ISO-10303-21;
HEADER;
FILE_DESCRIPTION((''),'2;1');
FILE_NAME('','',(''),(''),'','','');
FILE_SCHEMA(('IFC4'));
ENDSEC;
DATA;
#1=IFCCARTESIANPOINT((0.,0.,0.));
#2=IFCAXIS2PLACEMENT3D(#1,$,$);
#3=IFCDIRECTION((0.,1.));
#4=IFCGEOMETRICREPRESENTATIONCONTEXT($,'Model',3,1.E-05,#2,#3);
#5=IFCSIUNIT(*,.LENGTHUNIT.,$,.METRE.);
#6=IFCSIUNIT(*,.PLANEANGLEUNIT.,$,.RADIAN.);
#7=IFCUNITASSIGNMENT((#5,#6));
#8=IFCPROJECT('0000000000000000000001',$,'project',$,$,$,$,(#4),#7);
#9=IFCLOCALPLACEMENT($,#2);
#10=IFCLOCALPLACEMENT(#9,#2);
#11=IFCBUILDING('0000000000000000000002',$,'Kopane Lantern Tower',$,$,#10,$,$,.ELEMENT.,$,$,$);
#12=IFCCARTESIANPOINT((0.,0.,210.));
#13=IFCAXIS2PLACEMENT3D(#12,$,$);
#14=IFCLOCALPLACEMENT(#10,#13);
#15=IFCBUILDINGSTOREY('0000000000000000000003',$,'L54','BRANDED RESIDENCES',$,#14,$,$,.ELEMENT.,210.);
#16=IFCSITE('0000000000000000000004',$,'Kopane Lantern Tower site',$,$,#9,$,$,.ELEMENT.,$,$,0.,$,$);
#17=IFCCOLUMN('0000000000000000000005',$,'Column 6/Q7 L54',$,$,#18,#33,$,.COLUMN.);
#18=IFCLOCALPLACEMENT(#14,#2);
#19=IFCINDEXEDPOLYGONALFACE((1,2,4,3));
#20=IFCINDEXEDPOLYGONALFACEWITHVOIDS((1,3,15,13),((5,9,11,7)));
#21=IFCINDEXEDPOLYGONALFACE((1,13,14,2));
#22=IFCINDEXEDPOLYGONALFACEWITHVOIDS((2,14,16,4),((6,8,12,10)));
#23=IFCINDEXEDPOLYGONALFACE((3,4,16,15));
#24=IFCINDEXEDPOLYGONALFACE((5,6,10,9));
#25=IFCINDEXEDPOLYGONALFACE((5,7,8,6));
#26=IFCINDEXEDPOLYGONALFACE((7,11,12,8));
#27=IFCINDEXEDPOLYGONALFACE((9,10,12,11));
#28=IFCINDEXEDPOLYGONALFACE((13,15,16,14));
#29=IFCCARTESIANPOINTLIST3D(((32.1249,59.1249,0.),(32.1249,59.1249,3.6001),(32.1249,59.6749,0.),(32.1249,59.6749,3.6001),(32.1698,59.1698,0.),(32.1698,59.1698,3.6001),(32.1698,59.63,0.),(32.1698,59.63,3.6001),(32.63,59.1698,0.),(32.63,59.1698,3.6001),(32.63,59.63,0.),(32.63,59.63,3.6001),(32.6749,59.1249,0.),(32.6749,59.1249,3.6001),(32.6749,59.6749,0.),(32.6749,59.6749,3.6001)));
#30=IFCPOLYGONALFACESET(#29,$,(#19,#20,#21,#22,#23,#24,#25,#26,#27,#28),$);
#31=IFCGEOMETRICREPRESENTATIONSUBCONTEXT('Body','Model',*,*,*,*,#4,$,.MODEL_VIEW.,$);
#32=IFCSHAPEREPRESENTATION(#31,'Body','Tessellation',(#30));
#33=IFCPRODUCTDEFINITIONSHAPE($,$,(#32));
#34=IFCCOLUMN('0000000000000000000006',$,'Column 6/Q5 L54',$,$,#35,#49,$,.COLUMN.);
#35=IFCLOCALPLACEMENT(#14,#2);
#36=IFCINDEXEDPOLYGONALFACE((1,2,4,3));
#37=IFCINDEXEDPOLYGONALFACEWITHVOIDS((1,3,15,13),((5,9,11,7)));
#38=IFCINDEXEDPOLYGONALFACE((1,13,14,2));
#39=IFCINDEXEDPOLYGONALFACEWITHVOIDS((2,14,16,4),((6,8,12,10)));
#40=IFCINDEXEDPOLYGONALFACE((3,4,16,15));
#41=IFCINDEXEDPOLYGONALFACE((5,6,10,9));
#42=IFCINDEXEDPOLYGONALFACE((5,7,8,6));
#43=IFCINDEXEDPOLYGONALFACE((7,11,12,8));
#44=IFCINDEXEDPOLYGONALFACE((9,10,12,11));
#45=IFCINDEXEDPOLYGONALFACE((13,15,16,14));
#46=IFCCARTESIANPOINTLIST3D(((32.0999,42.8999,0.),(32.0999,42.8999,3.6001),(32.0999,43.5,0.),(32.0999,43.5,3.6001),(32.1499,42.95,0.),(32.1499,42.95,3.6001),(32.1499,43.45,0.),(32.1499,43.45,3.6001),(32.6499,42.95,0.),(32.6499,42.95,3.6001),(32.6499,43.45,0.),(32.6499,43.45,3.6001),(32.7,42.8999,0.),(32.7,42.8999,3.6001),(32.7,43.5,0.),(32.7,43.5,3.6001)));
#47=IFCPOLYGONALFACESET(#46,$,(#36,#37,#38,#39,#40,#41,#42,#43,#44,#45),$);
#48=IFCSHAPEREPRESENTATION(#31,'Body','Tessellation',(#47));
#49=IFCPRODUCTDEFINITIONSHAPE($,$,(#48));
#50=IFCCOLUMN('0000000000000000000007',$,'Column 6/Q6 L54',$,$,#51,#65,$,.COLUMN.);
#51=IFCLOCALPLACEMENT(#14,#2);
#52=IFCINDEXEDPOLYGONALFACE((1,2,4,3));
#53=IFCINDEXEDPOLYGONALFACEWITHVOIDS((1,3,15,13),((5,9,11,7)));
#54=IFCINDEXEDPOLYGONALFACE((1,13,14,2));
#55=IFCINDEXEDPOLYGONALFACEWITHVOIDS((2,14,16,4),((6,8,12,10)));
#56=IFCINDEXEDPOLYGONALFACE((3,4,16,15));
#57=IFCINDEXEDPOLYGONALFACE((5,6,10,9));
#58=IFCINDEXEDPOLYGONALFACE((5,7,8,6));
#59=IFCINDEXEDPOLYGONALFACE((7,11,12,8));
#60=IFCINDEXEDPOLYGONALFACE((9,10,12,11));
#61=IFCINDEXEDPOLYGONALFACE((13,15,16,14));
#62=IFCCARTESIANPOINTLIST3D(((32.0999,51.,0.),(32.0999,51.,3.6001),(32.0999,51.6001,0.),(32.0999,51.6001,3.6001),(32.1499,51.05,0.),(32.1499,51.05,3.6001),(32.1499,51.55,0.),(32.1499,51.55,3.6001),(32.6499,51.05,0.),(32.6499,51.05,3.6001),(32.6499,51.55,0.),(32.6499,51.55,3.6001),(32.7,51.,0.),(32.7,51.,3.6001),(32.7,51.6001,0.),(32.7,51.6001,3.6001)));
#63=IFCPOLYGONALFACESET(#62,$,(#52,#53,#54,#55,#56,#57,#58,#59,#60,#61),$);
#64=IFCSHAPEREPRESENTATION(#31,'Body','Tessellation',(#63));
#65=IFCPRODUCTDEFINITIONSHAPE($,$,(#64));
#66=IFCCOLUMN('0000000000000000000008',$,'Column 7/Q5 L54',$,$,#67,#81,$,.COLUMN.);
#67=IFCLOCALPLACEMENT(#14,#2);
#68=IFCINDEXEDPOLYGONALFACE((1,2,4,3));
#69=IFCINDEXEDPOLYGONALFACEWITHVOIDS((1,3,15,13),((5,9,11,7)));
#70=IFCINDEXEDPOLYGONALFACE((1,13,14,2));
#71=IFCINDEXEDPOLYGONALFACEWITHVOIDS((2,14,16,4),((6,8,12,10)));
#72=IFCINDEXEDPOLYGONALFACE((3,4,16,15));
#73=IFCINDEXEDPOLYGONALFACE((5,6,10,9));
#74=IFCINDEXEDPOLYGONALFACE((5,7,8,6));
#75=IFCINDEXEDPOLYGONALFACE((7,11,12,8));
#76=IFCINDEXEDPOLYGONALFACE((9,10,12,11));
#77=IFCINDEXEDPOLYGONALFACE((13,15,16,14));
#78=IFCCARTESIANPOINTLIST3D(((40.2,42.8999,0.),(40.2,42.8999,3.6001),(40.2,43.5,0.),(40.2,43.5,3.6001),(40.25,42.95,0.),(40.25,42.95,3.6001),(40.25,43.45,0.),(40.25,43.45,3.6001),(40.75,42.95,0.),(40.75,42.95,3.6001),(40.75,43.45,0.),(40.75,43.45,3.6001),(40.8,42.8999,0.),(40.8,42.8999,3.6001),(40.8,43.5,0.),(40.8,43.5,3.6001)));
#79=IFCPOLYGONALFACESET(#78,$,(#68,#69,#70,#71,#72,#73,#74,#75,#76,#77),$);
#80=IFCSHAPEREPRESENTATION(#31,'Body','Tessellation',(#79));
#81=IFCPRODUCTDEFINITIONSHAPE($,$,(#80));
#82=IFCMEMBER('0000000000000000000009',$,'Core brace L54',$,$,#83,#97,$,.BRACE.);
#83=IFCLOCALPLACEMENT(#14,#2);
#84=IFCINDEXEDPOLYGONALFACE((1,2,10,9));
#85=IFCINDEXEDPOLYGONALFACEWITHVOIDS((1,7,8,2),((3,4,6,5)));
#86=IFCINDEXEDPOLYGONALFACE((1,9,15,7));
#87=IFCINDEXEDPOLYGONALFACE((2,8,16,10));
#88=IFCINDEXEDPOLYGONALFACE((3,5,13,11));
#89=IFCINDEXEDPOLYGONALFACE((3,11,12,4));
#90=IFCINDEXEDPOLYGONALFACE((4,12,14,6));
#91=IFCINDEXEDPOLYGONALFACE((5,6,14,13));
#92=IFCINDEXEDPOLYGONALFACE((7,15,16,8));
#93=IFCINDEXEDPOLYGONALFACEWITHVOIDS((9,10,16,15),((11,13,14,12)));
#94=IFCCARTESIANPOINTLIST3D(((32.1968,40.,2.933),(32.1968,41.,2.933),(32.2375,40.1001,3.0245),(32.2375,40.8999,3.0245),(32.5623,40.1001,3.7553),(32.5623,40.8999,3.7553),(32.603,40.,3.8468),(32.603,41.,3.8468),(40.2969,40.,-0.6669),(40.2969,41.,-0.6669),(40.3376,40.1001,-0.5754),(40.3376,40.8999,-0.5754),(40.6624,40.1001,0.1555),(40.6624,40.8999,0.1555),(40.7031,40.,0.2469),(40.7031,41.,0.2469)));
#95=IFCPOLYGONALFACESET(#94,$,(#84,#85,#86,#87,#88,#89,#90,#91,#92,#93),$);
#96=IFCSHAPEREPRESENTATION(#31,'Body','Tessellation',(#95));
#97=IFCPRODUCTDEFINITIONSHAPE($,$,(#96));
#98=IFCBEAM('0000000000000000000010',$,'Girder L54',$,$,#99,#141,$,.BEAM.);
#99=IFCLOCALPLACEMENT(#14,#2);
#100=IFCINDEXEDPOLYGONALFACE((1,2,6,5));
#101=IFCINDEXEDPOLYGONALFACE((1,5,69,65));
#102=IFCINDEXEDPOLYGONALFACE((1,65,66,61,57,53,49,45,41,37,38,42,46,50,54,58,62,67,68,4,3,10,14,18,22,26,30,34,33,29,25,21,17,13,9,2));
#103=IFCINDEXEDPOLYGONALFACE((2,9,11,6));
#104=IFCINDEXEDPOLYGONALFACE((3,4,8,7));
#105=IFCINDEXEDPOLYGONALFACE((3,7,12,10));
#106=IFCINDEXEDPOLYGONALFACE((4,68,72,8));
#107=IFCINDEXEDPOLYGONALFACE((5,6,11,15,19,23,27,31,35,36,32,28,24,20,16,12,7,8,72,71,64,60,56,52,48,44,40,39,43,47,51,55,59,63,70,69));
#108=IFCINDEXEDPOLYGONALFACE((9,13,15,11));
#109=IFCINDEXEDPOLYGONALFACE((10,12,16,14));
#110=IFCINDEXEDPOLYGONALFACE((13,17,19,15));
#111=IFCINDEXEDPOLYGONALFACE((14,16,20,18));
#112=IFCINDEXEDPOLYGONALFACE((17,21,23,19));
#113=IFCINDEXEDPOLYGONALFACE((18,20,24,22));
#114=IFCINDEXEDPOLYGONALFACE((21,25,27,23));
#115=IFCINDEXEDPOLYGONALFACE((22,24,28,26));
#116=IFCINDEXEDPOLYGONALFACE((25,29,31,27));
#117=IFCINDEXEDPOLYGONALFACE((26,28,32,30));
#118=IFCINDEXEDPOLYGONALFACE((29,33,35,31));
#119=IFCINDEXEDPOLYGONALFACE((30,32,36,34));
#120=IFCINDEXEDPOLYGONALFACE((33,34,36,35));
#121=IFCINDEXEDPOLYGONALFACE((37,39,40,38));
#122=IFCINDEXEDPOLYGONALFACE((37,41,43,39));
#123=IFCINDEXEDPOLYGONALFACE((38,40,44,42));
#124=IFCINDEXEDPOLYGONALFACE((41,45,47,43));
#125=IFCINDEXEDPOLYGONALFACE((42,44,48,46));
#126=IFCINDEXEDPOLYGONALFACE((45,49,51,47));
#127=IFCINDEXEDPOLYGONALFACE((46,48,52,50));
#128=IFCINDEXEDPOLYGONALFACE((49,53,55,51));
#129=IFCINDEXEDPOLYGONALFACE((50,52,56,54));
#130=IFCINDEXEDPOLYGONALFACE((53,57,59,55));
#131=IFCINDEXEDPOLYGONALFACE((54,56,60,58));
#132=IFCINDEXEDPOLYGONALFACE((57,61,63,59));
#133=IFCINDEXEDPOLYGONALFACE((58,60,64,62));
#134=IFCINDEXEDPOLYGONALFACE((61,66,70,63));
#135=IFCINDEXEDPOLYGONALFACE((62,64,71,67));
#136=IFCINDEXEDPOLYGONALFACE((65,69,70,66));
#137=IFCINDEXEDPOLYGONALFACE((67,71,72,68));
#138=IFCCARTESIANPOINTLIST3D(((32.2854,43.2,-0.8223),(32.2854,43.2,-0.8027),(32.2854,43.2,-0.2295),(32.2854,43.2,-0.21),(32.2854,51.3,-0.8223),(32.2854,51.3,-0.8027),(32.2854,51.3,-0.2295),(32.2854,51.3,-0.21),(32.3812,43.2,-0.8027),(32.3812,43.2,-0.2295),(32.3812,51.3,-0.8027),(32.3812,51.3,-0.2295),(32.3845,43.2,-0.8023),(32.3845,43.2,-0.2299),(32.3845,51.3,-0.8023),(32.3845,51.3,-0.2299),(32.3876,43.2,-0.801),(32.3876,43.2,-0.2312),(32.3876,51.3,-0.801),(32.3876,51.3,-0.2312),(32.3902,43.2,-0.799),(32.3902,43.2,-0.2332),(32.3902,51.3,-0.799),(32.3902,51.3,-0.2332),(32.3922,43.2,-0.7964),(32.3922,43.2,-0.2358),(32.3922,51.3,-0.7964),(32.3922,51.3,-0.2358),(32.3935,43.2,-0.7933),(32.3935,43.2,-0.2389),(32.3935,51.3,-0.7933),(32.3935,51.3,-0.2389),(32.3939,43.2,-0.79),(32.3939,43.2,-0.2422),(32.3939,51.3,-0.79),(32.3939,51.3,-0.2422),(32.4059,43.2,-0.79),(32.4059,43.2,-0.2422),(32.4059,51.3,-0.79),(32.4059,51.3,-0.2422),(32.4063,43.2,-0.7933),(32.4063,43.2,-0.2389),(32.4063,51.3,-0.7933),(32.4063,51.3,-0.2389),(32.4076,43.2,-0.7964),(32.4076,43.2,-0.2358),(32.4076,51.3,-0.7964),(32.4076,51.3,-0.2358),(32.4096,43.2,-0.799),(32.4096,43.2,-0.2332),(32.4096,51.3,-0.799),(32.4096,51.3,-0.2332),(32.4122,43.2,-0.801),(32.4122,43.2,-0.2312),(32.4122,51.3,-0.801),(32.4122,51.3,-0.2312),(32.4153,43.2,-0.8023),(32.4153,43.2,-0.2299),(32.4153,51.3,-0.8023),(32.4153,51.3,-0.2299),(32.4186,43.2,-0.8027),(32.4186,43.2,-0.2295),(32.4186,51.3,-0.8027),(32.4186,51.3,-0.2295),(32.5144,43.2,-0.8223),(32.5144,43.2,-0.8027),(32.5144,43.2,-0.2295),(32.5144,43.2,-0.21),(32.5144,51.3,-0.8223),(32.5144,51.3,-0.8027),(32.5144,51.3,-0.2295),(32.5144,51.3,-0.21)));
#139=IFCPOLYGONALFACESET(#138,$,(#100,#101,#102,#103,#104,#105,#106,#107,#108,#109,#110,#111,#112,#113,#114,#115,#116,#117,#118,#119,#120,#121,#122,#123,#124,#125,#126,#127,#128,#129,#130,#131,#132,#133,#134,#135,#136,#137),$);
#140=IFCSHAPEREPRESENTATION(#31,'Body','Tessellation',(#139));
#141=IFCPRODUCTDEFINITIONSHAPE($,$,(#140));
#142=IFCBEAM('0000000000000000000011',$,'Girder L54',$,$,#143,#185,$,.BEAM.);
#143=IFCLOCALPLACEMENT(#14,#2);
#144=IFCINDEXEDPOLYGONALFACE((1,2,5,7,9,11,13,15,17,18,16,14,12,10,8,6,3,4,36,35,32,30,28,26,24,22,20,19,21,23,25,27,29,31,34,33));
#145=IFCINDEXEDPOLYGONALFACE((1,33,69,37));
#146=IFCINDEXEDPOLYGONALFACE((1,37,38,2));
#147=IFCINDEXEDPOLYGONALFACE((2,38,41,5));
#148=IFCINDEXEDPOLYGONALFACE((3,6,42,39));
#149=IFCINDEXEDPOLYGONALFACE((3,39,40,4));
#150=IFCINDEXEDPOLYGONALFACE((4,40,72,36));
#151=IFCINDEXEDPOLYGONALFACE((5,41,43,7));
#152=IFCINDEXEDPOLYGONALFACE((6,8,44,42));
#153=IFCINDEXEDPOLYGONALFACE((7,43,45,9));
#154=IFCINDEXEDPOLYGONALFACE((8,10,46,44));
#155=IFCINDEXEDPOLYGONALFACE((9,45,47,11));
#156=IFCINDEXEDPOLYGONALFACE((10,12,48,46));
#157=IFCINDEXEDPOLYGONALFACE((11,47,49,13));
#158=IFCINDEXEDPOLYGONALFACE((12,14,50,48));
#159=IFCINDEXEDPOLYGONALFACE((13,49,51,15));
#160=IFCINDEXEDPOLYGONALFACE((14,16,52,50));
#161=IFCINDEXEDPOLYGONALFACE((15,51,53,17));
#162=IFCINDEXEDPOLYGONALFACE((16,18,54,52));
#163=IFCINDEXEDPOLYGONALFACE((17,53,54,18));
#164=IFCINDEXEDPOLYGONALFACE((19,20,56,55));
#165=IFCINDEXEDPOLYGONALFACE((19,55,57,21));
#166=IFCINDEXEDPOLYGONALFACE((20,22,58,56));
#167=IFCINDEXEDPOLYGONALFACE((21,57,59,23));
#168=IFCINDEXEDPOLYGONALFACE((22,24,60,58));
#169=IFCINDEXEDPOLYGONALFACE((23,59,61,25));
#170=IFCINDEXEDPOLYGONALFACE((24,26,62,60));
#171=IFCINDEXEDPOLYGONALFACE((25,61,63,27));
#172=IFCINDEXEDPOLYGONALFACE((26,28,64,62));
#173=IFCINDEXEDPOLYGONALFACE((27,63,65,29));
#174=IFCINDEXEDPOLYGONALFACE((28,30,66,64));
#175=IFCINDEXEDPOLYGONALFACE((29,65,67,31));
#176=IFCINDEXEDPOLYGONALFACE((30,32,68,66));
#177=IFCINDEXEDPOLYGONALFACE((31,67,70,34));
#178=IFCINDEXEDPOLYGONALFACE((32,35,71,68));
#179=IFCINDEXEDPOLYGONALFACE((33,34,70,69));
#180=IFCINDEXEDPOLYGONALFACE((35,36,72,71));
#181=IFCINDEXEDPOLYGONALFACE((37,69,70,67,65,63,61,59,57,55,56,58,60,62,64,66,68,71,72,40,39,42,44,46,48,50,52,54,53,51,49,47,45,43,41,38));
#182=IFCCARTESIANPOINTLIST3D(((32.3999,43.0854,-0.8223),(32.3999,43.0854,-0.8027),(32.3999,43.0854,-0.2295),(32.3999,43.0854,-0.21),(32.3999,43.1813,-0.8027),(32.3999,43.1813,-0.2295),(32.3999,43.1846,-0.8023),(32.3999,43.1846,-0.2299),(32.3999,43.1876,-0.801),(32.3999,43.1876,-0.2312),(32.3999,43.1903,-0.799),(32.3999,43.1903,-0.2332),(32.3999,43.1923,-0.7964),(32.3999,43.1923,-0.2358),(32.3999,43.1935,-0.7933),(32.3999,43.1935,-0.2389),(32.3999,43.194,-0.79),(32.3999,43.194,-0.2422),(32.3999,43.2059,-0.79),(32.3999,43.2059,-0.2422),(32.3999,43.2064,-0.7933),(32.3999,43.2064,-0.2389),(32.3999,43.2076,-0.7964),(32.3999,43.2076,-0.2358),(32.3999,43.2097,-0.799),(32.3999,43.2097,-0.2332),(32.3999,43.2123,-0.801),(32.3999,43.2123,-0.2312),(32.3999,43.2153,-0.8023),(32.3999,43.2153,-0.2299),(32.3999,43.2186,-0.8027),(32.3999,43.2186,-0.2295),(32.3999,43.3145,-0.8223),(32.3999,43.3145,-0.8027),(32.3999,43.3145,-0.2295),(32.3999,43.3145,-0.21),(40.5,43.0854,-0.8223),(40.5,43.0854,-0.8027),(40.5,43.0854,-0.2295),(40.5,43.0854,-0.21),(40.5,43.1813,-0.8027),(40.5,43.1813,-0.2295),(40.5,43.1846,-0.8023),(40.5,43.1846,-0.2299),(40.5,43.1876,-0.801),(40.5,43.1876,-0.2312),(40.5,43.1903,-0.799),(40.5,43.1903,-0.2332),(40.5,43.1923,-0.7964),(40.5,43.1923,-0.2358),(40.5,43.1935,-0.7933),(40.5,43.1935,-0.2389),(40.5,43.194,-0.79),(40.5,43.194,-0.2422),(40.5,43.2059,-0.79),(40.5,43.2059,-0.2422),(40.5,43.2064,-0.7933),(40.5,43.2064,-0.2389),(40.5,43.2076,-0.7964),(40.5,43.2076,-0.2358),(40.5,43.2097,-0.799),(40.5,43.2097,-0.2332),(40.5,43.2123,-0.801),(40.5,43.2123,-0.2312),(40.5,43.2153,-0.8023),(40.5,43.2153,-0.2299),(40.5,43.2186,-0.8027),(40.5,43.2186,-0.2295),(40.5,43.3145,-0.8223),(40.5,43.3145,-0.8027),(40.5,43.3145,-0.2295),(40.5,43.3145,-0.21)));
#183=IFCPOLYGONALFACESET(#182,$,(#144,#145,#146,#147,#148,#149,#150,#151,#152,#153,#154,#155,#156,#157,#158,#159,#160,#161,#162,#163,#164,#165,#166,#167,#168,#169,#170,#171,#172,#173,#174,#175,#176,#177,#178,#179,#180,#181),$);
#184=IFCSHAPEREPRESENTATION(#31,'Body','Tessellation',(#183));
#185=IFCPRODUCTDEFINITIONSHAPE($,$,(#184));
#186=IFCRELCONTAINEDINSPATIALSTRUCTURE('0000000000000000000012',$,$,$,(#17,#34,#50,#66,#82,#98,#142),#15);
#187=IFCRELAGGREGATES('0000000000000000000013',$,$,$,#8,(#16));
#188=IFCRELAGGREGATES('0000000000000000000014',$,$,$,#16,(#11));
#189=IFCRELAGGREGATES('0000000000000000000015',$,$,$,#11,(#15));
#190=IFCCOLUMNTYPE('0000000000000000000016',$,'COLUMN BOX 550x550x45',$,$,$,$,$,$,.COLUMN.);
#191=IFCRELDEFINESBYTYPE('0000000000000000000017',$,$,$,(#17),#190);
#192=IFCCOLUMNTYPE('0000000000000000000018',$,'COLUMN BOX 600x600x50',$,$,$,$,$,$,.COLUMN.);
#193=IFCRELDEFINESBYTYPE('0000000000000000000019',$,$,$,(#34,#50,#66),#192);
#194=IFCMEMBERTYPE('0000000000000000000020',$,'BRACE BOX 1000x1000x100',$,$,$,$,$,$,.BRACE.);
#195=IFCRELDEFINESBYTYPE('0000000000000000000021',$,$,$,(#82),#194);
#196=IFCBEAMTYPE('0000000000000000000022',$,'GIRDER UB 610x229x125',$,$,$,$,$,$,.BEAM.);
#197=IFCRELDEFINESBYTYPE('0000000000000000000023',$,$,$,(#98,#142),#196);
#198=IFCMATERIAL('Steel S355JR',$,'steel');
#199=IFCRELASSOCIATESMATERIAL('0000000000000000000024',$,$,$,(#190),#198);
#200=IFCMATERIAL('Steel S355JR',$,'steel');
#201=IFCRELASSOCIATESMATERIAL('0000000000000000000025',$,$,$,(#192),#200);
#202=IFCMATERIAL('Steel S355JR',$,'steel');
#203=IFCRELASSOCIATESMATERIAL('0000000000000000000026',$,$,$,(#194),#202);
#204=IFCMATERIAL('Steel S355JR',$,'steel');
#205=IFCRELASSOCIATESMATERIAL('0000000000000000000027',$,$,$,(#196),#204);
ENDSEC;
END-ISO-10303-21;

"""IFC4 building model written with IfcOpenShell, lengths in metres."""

from ifc_helpers import new_model, si_unit, direction, frame, origin, origin_2d, place, context, subcontext, project, spatial, hollow_rectangle, i_section, extrude, material, material_profile, profile_set, type_object, element, save


model = new_model("IFC4")

# Units and contexts
model_context = context("Model", 3, precision=1e-05, world=origin(), true_north=direction((0.0, 1.0)))
body_context = subcontext(model_context, "Body", "Model", "MODEL_VIEW")
ifc_project = project(units=[si_unit("LENGTHUNIT", "METRE"), si_unit("PLANEANGLEUNIT", "RADIAN")], contexts=[model_context])

# Site, building, storey
site_placement = place(None, origin())
site = spatial("IfcSite", under=ifc_project, at=site_placement, Name="Kopane Lantern Tower site", CompositionType="ELEMENT", RefElevation=0.0)
building_placement = place(site_placement, origin())
building = spatial("IfcBuilding", under=site, at=building_placement, Name="Kopane Lantern Tower", CompositionType="ELEMENT")
storey_placement = place(building_placement, frame((0.0, 0.0, 210.0)))
storey = spatial("IfcBuildingStorey", under=building, at=storey_placement, Name="L54", Description="BRANDED RESIDENCES", CompositionType="ELEMENT", Elevation=210.0)

# Columns
ifc_material_1 = material(Name="Steel S355JR", Category="steel")
ifc_material_profile_1 = material_profile(ifc_material_1, hollow_rectangle(XDim=0.55, YDim=0.55, WallThickness=0.0449, at=origin_2d()), Name="BOX 550x550x45")
ifc_profile_set_1 = profile_set([ifc_material_profile_1], Name="Steel S355JR")
column_type_1 = type_object("IfcColumnType", Name="COLUMN BOX 550x550x45", PredefinedType="COLUMN", material=ifc_profile_set_1)
column_placement = place(storey_placement, frame((32.3999, 59.3999, 0.0), z_axis=(0.0, 0.0, 1.0), x_axis=(1.0, 0.0, 0.0)))
element("IfcColumn", 1, at=column_placement, inside=storey, type_object=column_type_1, Name="Column 6/Q7 L54", PredefinedType="COLUMN", context=body_context, shape_type="SweptSolid", body=[
    extrude(hollow_rectangle(XDim=0.55, YDim=0.55, WallThickness=0.0449, at=origin_2d()), origin(), (0.0, 0.0, 1.0), 3.6001),
])
ifc_material_2 = material(Name="Steel S355JR", Category="steel")
ifc_material_profile_2 = material_profile(ifc_material_2, hollow_rectangle(XDim=0.6001, YDim=0.6001, WallThickness=0.05, at=origin_2d()), Name="BOX 600x600x50")
ifc_profile_set_2 = profile_set([ifc_material_profile_2], Name="Steel S355JR")
column_type_2 = type_object("IfcColumnType", Name="COLUMN BOX 600x600x50", PredefinedType="COLUMN", material=ifc_profile_set_2)
for number, where, z_axis, x_axis, name in (
    (2, (32.3999, 43.2, 0.0), (0.0, 0.0, 1.0), (1.0, 0.0, 0.0), "Column 6/Q5 L54"),
    (3, (32.3999, 51.3, 0.0), (0.0, 0.0, 1.0), (1.0, 0.0, 0.0), "Column 6/Q6 L54"),
    (4, (40.5, 43.2, 0.0), (0.0, 0.0, 1.0), (1.0, 0.0, 0.0), "Column 7/Q5 L54"),
):
    element("IfcColumn", number, at=place(storey_placement, frame(where, z_axis=z_axis, x_axis=x_axis)), inside=storey, type_object=column_type_2, Name=name, PredefinedType="COLUMN", context=body_context, shape_type="SweptSolid", body=[
        extrude(hollow_rectangle(XDim=0.6001, YDim=0.6001, WallThickness=0.05, at=origin_2d()), origin(), (0.0, 0.0, 1.0), 3.6001),
    ])

# Member
ifc_material_3 = material(Name="Steel S355JR", Category="steel")
ifc_material_profile_3 = material_profile(ifc_material_3, hollow_rectangle(XDim=1.0, YDim=1.0, WallThickness=0.1001, at=origin_2d()), Name="BOX 1000x1000x100")
ifc_profile_set_3 = profile_set([ifc_material_profile_3], Name="Steel S355JR")
member_type = type_object("IfcMemberType", Name="BRACE BOX 1000x1000x100", PredefinedType="BRACE", material=ifc_profile_set_3)
member_placement = place(storey_placement, frame((40.5, 40.5, -0.21), z_axis=(-0.913819, 0.0, 0.406121), x_axis=(0.0, -1.0, 0.0)))
element("IfcMember", 5, at=member_placement, inside=storey, type_object=member_type, Name="Core brace L54", PredefinedType="BRACE", context=body_context, shape_type="SweptSolid", body=[
    extrude(hollow_rectangle(XDim=1.0, YDim=1.0, WallThickness=0.1001, at=origin_2d()), origin(), (0.0, 0.0, 1.0), 8.864),
])

# Beams
ifc_material_4 = material(Name="Steel S355JR", Category="steel")
ifc_material_profile_4 = material_profile(ifc_material_4, i_section(OverallWidth=0.229, OverallDepth=0.6123, WebThickness=0.012, FlangeThickness=0.0195, FilletRadius=0.0127, at=origin_2d()), Name="UB 610x229x125")
ifc_profile_set_4 = profile_set([ifc_material_profile_4], Name="Steel S355JR")
beam_type = type_object("IfcBeamType", Name="GIRDER UB 610x229x125", PredefinedType="BEAM", material=ifc_profile_set_4)
for number, where, z_axis, x_axis, name in (
    (6, (32.3999, 43.2, -0.5161), (0.0, 1.0, 0.0), (-1.0, 0.0, 0.0), "Girder L54"),
    (7, (32.3999, 43.2, -0.5161), (1.0, 0.0, 0.0), (0.0, 1.0, 0.0), "Girder L54"),
):
    element("IfcBeam", number, at=place(storey_placement, frame(where, z_axis=z_axis, x_axis=x_axis)), inside=storey, type_object=beam_type, Name=name, PredefinedType="BEAM", context=body_context, shape_type="SweptSolid", body=[
        extrude(i_section(OverallWidth=0.229, OverallDepth=0.6123, WebThickness=0.012, FlangeThickness=0.0195, FilletRadius=0.0127, at=origin_2d()), origin(), (0.0, 0.0, 1.0), 8.1001),
    ])

save(model, "model.ifc")
